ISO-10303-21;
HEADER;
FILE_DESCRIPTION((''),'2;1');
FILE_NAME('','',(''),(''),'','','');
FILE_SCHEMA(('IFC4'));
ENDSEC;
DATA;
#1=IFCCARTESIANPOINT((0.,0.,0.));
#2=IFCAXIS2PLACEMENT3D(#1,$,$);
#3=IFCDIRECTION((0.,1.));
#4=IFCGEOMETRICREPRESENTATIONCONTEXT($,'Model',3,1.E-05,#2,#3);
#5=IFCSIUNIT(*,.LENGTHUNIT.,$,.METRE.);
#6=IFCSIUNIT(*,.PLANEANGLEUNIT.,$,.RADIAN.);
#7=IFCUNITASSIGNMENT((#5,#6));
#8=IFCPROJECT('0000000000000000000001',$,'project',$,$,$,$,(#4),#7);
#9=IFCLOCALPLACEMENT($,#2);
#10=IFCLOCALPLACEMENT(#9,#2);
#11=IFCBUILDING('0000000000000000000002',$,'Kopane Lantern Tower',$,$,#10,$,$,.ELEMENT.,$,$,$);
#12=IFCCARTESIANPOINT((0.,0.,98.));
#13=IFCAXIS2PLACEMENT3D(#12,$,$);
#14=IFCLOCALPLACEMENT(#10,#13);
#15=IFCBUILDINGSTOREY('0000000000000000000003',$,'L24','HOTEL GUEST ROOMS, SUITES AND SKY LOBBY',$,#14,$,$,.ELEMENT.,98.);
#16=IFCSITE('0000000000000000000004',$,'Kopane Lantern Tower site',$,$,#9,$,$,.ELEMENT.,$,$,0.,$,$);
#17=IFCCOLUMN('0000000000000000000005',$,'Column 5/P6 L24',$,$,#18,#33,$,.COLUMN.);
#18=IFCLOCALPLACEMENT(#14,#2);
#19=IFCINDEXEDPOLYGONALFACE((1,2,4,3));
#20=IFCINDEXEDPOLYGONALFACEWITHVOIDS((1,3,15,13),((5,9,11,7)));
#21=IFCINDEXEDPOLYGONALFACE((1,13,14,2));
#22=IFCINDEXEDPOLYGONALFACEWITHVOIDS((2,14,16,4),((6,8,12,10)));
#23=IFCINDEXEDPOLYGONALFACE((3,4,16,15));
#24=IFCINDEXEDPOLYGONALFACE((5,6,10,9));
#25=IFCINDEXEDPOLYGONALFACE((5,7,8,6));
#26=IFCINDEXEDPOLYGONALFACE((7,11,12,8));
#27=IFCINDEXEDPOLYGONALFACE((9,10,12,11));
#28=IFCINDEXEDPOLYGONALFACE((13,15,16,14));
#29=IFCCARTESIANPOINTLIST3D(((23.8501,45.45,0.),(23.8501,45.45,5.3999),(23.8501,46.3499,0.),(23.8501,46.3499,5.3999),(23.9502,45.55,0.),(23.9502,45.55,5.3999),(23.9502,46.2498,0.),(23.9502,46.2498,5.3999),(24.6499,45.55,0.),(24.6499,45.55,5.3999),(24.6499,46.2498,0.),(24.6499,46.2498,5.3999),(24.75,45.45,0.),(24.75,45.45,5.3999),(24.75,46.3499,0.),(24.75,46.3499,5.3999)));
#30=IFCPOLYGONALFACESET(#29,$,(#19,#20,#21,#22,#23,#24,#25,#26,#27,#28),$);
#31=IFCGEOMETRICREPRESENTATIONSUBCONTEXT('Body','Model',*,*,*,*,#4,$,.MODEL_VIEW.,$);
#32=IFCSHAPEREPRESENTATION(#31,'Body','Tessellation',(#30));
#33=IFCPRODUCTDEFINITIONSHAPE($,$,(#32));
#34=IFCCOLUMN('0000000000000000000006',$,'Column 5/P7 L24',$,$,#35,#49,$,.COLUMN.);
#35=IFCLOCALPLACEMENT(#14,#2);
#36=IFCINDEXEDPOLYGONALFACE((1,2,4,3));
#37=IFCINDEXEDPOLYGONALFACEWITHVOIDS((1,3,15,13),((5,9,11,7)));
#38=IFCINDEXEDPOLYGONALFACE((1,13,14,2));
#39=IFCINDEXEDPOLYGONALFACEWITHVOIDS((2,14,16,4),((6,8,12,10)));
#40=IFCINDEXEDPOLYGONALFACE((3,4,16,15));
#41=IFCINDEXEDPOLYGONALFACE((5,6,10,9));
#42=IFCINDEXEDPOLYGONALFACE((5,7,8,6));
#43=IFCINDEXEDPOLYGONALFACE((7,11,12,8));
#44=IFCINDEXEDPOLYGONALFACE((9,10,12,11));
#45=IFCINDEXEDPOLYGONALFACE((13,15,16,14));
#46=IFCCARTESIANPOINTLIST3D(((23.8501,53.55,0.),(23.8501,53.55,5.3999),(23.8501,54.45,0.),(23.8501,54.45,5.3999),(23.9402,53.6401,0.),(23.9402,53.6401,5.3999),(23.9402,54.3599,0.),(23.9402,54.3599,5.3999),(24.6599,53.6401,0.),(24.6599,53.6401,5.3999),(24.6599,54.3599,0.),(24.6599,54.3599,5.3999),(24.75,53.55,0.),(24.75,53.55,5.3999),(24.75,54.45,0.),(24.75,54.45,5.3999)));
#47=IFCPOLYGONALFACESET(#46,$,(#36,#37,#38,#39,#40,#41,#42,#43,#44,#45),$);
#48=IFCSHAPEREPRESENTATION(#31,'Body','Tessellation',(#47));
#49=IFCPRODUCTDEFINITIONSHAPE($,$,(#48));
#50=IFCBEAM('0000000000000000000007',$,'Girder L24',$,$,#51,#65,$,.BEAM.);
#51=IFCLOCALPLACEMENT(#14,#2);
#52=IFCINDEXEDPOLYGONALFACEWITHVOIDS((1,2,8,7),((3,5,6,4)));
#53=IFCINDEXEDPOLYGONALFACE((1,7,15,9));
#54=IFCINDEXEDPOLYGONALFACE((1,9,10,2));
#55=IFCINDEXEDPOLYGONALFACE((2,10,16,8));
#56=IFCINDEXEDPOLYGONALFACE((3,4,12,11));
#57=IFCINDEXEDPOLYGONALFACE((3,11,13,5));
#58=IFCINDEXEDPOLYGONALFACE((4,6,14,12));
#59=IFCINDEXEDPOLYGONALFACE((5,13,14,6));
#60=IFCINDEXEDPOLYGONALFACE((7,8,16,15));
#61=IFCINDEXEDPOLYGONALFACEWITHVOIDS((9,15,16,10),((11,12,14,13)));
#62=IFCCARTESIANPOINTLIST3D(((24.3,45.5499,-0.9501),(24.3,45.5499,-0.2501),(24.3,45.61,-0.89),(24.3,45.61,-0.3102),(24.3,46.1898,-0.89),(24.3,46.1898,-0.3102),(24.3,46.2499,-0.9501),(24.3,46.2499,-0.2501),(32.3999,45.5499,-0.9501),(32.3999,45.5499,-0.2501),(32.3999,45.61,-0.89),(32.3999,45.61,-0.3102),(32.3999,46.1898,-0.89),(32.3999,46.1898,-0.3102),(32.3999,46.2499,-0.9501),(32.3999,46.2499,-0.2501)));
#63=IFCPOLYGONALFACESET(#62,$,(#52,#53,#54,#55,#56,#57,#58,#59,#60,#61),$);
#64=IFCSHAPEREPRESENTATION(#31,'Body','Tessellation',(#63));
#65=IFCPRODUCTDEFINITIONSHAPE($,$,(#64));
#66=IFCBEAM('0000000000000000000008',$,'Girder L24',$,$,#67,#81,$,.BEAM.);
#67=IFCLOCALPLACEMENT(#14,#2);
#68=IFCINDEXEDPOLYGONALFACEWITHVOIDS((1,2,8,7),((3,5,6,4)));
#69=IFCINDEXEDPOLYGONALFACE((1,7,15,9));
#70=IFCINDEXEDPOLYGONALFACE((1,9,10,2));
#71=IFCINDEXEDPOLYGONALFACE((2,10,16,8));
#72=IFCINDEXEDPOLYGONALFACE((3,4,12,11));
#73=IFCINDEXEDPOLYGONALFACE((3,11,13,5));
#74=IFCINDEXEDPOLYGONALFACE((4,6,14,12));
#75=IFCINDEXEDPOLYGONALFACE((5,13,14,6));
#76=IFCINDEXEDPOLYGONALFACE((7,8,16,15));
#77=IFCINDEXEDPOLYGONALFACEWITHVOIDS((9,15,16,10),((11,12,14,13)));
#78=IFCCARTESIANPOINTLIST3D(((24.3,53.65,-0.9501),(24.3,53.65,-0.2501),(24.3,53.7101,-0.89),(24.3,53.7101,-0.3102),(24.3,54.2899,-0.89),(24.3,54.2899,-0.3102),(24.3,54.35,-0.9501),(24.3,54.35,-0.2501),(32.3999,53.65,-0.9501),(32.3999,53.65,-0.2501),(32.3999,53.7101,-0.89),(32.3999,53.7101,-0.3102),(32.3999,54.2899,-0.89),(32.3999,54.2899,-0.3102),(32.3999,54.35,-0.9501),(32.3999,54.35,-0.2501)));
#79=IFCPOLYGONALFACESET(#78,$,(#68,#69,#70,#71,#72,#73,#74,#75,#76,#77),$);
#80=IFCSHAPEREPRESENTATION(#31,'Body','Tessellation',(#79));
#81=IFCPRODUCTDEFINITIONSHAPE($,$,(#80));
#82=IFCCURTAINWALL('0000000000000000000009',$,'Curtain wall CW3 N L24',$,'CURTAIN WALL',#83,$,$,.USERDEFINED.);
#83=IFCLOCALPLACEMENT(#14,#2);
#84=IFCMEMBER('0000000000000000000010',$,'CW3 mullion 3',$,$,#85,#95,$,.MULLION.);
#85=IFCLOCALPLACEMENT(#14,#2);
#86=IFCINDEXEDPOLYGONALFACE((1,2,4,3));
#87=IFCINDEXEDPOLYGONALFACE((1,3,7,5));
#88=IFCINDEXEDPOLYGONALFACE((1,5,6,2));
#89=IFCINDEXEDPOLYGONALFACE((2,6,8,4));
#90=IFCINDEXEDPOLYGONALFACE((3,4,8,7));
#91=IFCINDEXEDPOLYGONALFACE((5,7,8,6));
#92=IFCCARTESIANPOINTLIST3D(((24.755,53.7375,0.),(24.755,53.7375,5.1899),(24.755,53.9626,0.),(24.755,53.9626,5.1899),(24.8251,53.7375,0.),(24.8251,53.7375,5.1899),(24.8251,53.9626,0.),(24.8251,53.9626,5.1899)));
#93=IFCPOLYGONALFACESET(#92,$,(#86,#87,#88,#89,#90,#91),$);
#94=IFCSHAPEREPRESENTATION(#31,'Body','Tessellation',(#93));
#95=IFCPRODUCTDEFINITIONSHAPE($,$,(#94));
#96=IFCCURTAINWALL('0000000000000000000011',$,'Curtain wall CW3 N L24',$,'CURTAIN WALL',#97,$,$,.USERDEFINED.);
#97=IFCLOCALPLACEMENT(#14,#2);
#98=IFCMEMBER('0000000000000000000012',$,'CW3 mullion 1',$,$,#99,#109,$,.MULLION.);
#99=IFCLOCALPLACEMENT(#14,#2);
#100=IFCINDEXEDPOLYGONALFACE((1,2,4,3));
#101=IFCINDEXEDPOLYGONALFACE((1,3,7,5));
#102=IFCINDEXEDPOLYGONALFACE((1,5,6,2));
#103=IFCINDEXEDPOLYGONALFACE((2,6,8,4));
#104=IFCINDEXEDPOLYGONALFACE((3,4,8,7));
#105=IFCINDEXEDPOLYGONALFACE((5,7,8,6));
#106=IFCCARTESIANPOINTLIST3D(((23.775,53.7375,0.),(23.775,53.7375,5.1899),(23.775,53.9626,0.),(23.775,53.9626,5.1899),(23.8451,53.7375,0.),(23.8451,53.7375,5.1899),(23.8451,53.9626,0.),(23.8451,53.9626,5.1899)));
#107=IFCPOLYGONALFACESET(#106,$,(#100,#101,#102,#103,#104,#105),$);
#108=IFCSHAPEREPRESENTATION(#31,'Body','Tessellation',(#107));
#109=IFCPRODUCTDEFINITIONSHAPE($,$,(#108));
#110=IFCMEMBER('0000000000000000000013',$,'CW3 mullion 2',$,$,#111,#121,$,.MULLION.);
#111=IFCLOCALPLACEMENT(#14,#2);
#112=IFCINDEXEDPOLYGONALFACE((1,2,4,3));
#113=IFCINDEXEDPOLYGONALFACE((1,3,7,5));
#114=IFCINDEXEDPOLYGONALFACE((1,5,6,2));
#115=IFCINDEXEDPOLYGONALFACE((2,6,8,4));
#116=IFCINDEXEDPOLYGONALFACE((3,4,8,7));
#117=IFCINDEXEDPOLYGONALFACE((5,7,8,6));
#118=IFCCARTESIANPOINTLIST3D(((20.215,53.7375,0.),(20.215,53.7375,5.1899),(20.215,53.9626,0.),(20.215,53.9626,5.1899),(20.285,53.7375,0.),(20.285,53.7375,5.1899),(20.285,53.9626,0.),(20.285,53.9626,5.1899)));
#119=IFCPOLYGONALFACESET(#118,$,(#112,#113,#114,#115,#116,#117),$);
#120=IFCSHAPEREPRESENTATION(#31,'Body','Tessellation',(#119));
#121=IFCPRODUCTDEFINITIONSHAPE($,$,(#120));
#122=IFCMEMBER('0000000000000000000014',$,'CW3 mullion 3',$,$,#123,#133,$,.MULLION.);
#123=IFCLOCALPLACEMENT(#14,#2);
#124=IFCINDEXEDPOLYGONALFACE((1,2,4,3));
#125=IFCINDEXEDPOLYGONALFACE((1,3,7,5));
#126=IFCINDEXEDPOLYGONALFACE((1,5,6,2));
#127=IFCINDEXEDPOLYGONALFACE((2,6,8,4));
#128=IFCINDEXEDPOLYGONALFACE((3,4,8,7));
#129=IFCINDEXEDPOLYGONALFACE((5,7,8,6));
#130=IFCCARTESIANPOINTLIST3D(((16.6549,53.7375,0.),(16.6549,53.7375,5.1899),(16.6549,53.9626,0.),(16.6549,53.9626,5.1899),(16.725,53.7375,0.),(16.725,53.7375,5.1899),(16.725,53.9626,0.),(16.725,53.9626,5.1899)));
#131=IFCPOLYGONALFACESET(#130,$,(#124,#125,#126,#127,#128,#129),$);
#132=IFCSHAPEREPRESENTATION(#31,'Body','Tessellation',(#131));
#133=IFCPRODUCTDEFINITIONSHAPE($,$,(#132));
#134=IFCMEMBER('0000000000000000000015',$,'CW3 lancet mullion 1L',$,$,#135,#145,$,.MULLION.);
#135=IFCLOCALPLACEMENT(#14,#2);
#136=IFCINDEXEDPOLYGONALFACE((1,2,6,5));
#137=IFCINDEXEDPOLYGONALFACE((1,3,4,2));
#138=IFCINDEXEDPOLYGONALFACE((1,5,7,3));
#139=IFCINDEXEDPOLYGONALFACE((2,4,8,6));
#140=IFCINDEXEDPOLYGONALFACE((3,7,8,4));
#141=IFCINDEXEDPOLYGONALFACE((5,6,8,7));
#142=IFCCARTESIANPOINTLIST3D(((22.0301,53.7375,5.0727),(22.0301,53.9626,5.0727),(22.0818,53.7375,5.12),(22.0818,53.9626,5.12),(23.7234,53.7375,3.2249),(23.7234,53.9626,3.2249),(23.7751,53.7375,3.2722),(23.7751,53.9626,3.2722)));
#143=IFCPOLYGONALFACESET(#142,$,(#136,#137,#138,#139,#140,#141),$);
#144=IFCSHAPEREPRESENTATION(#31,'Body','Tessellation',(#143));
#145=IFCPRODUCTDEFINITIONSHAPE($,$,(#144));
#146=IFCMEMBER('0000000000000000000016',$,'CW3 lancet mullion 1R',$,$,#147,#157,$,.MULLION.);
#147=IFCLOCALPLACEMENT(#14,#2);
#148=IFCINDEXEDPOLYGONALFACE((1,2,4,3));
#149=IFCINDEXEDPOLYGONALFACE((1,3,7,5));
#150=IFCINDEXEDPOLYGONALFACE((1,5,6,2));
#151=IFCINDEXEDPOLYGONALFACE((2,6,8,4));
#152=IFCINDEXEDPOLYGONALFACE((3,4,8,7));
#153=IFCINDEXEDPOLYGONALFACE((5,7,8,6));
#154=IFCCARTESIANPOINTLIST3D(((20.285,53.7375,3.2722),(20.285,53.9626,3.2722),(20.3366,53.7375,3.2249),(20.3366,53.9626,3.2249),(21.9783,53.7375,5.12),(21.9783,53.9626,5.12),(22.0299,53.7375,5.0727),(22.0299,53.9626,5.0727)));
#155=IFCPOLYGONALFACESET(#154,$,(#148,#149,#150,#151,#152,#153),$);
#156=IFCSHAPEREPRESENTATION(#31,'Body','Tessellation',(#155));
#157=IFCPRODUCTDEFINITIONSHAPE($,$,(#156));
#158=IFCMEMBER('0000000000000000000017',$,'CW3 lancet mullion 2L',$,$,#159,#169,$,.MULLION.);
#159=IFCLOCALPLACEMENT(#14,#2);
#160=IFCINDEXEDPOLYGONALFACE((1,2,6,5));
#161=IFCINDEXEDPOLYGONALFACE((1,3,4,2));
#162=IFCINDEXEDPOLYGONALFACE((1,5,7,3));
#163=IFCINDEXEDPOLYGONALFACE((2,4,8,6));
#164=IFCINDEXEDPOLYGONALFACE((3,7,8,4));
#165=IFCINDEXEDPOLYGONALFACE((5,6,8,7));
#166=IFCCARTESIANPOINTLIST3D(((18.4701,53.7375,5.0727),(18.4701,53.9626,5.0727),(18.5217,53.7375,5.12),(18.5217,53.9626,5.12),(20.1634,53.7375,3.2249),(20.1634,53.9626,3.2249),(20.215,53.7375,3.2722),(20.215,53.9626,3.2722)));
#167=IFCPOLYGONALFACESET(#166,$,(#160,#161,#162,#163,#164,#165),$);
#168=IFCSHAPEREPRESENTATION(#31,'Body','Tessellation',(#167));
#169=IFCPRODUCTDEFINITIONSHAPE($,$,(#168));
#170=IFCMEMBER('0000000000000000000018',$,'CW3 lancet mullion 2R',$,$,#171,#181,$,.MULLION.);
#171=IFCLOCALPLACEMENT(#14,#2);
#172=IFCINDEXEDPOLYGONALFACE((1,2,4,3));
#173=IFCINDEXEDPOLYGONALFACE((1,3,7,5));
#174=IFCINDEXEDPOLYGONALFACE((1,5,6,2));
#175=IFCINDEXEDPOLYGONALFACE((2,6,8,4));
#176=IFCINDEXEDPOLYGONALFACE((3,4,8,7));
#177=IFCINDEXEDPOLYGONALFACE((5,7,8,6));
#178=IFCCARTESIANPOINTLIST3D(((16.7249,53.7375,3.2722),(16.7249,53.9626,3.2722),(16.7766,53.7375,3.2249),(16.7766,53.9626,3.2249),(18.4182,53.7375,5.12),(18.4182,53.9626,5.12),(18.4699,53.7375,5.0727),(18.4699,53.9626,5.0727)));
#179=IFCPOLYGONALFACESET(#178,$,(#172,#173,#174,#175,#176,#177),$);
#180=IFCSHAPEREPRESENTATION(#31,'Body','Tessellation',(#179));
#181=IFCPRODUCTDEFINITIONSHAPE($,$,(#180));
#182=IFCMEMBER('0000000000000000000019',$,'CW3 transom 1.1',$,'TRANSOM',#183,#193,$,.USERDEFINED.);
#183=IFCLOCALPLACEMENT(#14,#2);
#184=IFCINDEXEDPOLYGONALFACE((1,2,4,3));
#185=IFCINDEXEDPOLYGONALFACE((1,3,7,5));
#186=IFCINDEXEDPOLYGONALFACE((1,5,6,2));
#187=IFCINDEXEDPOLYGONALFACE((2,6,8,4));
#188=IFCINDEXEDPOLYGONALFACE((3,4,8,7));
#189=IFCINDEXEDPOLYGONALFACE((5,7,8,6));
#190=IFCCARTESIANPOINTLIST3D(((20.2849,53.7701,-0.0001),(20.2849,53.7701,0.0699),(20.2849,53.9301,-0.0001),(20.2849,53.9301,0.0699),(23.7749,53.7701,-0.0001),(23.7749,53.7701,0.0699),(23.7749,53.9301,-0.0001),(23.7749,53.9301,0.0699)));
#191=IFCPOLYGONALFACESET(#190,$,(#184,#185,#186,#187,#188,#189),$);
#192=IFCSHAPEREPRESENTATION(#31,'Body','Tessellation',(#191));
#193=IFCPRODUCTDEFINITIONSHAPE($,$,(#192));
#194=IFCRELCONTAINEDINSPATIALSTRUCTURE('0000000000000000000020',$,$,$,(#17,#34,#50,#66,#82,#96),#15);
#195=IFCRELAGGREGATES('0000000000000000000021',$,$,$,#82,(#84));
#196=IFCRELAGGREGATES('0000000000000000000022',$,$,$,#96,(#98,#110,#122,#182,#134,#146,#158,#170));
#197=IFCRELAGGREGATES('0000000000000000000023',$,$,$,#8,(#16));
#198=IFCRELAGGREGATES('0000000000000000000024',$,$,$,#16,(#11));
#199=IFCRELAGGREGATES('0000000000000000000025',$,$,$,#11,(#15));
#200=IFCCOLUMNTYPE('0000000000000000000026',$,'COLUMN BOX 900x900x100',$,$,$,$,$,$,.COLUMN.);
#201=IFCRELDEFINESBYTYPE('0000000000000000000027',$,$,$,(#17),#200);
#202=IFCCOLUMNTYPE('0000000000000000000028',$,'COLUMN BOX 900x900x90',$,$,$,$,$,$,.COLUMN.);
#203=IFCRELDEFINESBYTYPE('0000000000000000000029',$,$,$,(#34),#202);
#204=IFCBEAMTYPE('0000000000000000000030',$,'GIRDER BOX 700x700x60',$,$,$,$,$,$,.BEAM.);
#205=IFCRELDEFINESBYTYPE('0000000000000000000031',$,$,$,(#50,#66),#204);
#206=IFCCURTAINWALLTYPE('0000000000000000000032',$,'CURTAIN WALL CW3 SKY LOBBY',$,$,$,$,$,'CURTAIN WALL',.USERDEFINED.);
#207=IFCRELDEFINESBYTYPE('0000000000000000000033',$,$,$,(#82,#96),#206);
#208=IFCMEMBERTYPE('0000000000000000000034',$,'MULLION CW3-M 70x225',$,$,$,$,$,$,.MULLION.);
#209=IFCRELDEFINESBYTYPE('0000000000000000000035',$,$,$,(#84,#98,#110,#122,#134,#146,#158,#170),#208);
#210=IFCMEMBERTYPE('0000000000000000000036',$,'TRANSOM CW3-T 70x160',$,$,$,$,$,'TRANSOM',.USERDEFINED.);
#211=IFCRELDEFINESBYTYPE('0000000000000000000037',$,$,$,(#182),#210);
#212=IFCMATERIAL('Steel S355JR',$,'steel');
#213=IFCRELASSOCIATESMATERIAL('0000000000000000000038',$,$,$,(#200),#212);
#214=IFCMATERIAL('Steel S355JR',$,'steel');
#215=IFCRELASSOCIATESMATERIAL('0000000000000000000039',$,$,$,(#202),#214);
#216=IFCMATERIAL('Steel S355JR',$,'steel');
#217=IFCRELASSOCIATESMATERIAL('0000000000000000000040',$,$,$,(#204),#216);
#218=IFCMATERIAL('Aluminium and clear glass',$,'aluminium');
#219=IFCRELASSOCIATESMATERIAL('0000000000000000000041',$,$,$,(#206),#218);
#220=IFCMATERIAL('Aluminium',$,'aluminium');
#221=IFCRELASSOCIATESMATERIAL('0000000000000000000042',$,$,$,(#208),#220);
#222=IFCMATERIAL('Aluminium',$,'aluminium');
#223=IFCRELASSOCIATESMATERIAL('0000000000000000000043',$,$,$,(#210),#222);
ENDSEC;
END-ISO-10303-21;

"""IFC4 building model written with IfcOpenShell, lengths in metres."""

from ifc_helpers import new_model, si_unit, direction, frame, origin, origin_2d, place, context, subcontext, project, spatial, rectangle, hollow_rectangle, extrude, material, material_profile, profile_set, type_object, element, aggregate, save


model = new_model("IFC4")

# Units and contexts
model_context = context("Model", 3, precision=1e-05, world=origin(), true_north=direction((0.0, 1.0)))
body_context = subcontext(model_context, "Body", "Model", "MODEL_VIEW")
ifc_project = project(units=[si_unit("LENGTHUNIT", "METRE"), si_unit("PLANEANGLEUNIT", "RADIAN")], contexts=[model_context])

# Site, building, storey
site_placement = place(None, origin())
site = spatial("IfcSite", under=ifc_project, at=site_placement, Name="Kopane Lantern Tower site", CompositionType="ELEMENT", RefElevation=0.0)
building_placement = place(site_placement, origin())
building = spatial("IfcBuilding", under=site, at=building_placement, Name="Kopane Lantern Tower", CompositionType="ELEMENT")
storey_placement = place(building_placement, frame((0.0, 0.0, 98.0)))
storey = spatial("IfcBuildingStorey", under=building, at=storey_placement, Name="L24", Description="HOTEL GUEST ROOMS, SUITES AND SKY LOBBY", CompositionType="ELEMENT", Elevation=98.0)

# Columns
ifc_material_1 = material(Name="Steel S355JR", Category="steel")
ifc_material_profile_1 = material_profile(ifc_material_1, hollow_rectangle(XDim=0.8999, YDim=0.8999, WallThickness=0.1001, at=origin_2d()), Name="BOX 900x900x100")
ifc_profile_set_1 = profile_set([ifc_material_profile_1], Name="Steel S355JR")
column_type_1 = type_object("IfcColumnType", Name="COLUMN BOX 900x900x100", PredefinedType="COLUMN", material=ifc_profile_set_1)
column_1_placement = place(storey_placement, frame((24.3, 45.8999, 0.0), z_axis=(0.0, 0.0, 1.0), x_axis=(1.0, 0.0, 0.0)))
element("IfcColumn", 1, at=column_1_placement, inside=storey, type_object=column_type_1, Name="Column 5/P6 L24", PredefinedType="COLUMN", context=body_context, shape_type="SweptSolid", body=[
    extrude(hollow_rectangle(XDim=0.8999, YDim=0.8999, WallThickness=0.1001, at=origin_2d()), origin(), (0.0, 0.0, 1.0), 5.3999),
])
ifc_material_2 = material(Name="Steel S355JR", Category="steel")
ifc_material_profile_2 = material_profile(ifc_material_2, hollow_rectangle(XDim=0.8999, YDim=0.8999, WallThickness=0.0901, at=origin_2d()), Name="BOX 900x900x90")
ifc_profile_set_2 = profile_set([ifc_material_profile_2], Name="Steel S355JR")
column_type_2 = type_object("IfcColumnType", Name="COLUMN BOX 900x900x90", PredefinedType="COLUMN", material=ifc_profile_set_2)
column_2_placement = place(storey_placement, frame((24.3, 54.0, 0.0), z_axis=(0.0, 0.0, 1.0), x_axis=(1.0, 0.0, 0.0)))
element("IfcColumn", 2, at=column_2_placement, inside=storey, type_object=column_type_2, Name="Column 5/P7 L24", PredefinedType="COLUMN", context=body_context, shape_type="SweptSolid", body=[
    extrude(hollow_rectangle(XDim=0.8999, YDim=0.8999, WallThickness=0.0901, at=origin_2d()), origin(), (0.0, 0.0, 1.0), 5.3999),
])

# Beams
ifc_material_3 = material(Name="Steel S355JR", Category="steel")
ifc_material_profile_3 = material_profile(ifc_material_3, hollow_rectangle(XDim=0.7, YDim=0.7, WallThickness=0.0601, at=origin_2d()), Name="BOX 700x700x60")
ifc_profile_set_3 = profile_set([ifc_material_profile_3], Name="Steel S355JR")
beam_type = type_object("IfcBeamType", Name="GIRDER BOX 700x700x60", PredefinedType="BEAM", material=ifc_profile_set_3)
for number, where, z_axis, x_axis, name in (
    (3, (24.3, 45.8999, -0.6001), (1.0, 0.0, 0.0), (0.0, 1.0, 0.0), "Girder L24"),
    (4, (24.3, 54.0, -0.6001), (1.0, 0.0, 0.0), (0.0, 1.0, 0.0), "Girder L24"),
):
    element("IfcBeam", number, at=place(storey_placement, frame(where, z_axis=z_axis, x_axis=x_axis)), inside=storey, type_object=beam_type, Name=name, PredefinedType="BEAM", context=body_context, shape_type="SweptSolid", body=[
        extrude(hollow_rectangle(XDim=0.7, YDim=0.7, WallThickness=0.0601, at=origin_2d()), origin(), (0.0, 0.0, 1.0), 8.0999),
    ])

# Curtain wall, member
ifc_material_4 = material(Name="Aluminium and clear glass", Category="aluminium")
curtain_wall_type = type_object("IfcCurtainWallType", Name="CURTAIN WALL CW3 SKY LOBBY", ElementType="CURTAIN WALL", PredefinedType="USERDEFINED", material=ifc_material_4)
curtain_wall_1_placement = place(storey_placement, origin())
curtain_wall_1 = element("IfcCurtainWall", 5, at=curtain_wall_1_placement, inside=storey, type_object=curtain_wall_type, Name="Curtain wall CW3 N L24", ObjectType="CURTAIN WALL", PredefinedType="USERDEFINED")
ifc_material_5 = material(Name="Aluminium", Category="aluminium")
ifc_material_profile_4 = material_profile(ifc_material_5, rectangle(XDim=0.0701, YDim=0.2251, at=origin_2d()), Name="AL 70x225")
ifc_profile_set_4 = profile_set([ifc_material_profile_4], Name="Aluminium")
member_type_1 = type_object("IfcMemberType", Name="MULLION CW3-M 70x225", PredefinedType="MULLION", material=ifc_profile_set_4)
member_1_placement = place(storey_placement, frame((24.79, 53.8501, 0.0), z_axis=(0.0, 0.0, 1.0), x_axis=(-1.0, 0.0, 0.0)))
member_1 = element("IfcMember", 6, at=member_1_placement, type_object=member_type_1, Name="CW3 mullion 3", PredefinedType="MULLION", context=body_context, shape_type="SweptSolid", body=[
    extrude(rectangle(XDim=0.0701, YDim=0.2251, at=origin_2d()), origin(), (0.0, 0.0, 1.0), 5.1899),
])

# Curtain wall, members
curtain_wall_2_placement = place(storey_placement, origin())
curtain_wall_2 = element("IfcCurtainWall", 7, at=curtain_wall_2_placement, inside=storey, type_object=curtain_wall_type, Name="Curtain wall CW3 N L24", ObjectType="CURTAIN WALL", PredefinedType="USERDEFINED")
member_2_placement = place(storey_placement, frame((23.8101, 53.8501, 0.0), z_axis=(0.0, 0.0, 1.0), x_axis=(-1.0, 0.0, 0.0)))
member_2 = element("IfcMember", 8, at=member_2_placement, type_object=member_type_1, Name="CW3 mullion 1", PredefinedType="MULLION", context=body_context, shape_type="SweptSolid", body=[
    extrude(rectangle(XDim=0.0701, YDim=0.2251, at=origin_2d()), origin(), (0.0, 0.0, 1.0), 5.1899),
])
member_3_placement = place(storey_placement, frame((20.25, 53.8501, 0.0), z_axis=(0.0, 0.0, 1.0), x_axis=(-1.0, 0.0, 0.0)))
member_3 = element("IfcMember", 9, at=member_3_placement, type_object=member_type_1, Name="CW3 mullion 2", PredefinedType="MULLION", context=body_context, shape_type="SweptSolid", body=[
    extrude(rectangle(XDim=0.0701, YDim=0.2251, at=origin_2d()), origin(), (0.0, 0.0, 1.0), 5.1899),
])
member_4_placement = place(storey_placement, frame((16.6899, 53.8501, 0.0), z_axis=(0.0, 0.0, 1.0), x_axis=(-1.0, 0.0, 0.0)))
member_4 = element("IfcMember", 10, at=member_4_placement, type_object=member_type_1, Name="CW3 mullion 3", PredefinedType="MULLION", context=body_context, shape_type="SweptSolid", body=[
    extrude(rectangle(XDim=0.0701, YDim=0.2251, at=origin_2d()), origin(), (0.0, 0.0, 1.0), 5.1899),
])
member_5_placement = place(storey_placement, frame((23.7493, 53.8501, 3.2485), z_axis=(-0.675606, 0.0, 0.737263), x_axis=(0.737263, 0.0, 0.675606)))
member_5 = element("IfcMember", 11, at=member_5_placement, type_object=member_type_1, Name="CW3 lancet mullion 1L", PredefinedType="MULLION", context=body_context, shape_type="SweptSolid", body=[
    extrude(rectangle(XDim=0.0701, YDim=0.2251, at=origin_2d()), origin(), (0.0, 0.0, 1.0), 2.5063),
])
member_6_placement = place(storey_placement, frame((20.3108, 53.8501, 3.2485), z_axis=(0.675606, 0.0, 0.737263), x_axis=(-0.737263, 0.0, 0.675606)))
member_6 = element("IfcMember", 12, at=member_6_placement, type_object=member_type_1, Name="CW3 lancet mullion 1R", PredefinedType="MULLION", context=body_context, shape_type="SweptSolid", body=[
    extrude(rectangle(XDim=0.0701, YDim=0.2251, at=origin_2d()), origin(), (0.0, 0.0, 1.0), 2.5063),
])
member_7_placement = place(storey_placement, frame((20.1892, 53.8501, 3.2485), z_axis=(-0.675606, 0.0, 0.737263), x_axis=(0.737263, 0.0, 0.675606)))
member_7 = element("IfcMember", 13, at=member_7_placement, type_object=member_type_1, Name="CW3 lancet mullion 2L", PredefinedType="MULLION", context=body_context, shape_type="SweptSolid", body=[
    extrude(rectangle(XDim=0.0701, YDim=0.2251, at=origin_2d()), origin(), (0.0, 0.0, 1.0), 2.5063),
])
member_8_placement = place(storey_placement, frame((16.7507, 53.8501, 3.2485), z_axis=(0.675606, 0.0, 0.737263), x_axis=(-0.737263, 0.0, 0.675606)))
member_8 = element("IfcMember", 14, at=member_8_placement, type_object=member_type_1, Name="CW3 lancet mullion 2R", PredefinedType="MULLION", context=body_context, shape_type="SweptSolid", body=[
    extrude(rectangle(XDim=0.0701, YDim=0.2251, at=origin_2d()), origin(), (0.0, 0.0, 1.0), 2.5063),
])
ifc_material_6 = material(Name="Aluminium", Category="aluminium")
ifc_material_profile_5 = material_profile(ifc_material_6, rectangle(XDim=0.1599, YDim=0.0701, at=origin_2d()), Name="AL 160x70")
ifc_profile_set_5 = profile_set([ifc_material_profile_5], Name="Aluminium")
member_type_2 = type_object("IfcMemberType", Name="TRANSOM CW3-T 70x160", ElementType="TRANSOM", PredefinedType="USERDEFINED", material=ifc_profile_set_5)
member_9_placement = place(storey_placement, frame((23.7749, 53.8501, 0.0349), z_axis=(-1.0, 0.0, 0.0), x_axis=(0.0, -1.0, 0.0)))
member_9 = element("IfcMember", 15, at=member_9_placement, type_object=member_type_2, Name="CW3 transom 1.1", ObjectType="TRANSOM", PredefinedType="USERDEFINED", context=body_context, shape_type="SweptSolid", body=[
    extrude(rectangle(XDim=0.1599, YDim=0.0701, at=origin_2d()), origin(), (0.0, 0.0, 1.0), 3.49),
])

aggregate(curtain_wall_1, [member_1])
aggregate(curtain_wall_2, [member_2, member_3, member_4, member_9, member_5, member_6, member_7, member_8])

save(model, "model.ifc")
